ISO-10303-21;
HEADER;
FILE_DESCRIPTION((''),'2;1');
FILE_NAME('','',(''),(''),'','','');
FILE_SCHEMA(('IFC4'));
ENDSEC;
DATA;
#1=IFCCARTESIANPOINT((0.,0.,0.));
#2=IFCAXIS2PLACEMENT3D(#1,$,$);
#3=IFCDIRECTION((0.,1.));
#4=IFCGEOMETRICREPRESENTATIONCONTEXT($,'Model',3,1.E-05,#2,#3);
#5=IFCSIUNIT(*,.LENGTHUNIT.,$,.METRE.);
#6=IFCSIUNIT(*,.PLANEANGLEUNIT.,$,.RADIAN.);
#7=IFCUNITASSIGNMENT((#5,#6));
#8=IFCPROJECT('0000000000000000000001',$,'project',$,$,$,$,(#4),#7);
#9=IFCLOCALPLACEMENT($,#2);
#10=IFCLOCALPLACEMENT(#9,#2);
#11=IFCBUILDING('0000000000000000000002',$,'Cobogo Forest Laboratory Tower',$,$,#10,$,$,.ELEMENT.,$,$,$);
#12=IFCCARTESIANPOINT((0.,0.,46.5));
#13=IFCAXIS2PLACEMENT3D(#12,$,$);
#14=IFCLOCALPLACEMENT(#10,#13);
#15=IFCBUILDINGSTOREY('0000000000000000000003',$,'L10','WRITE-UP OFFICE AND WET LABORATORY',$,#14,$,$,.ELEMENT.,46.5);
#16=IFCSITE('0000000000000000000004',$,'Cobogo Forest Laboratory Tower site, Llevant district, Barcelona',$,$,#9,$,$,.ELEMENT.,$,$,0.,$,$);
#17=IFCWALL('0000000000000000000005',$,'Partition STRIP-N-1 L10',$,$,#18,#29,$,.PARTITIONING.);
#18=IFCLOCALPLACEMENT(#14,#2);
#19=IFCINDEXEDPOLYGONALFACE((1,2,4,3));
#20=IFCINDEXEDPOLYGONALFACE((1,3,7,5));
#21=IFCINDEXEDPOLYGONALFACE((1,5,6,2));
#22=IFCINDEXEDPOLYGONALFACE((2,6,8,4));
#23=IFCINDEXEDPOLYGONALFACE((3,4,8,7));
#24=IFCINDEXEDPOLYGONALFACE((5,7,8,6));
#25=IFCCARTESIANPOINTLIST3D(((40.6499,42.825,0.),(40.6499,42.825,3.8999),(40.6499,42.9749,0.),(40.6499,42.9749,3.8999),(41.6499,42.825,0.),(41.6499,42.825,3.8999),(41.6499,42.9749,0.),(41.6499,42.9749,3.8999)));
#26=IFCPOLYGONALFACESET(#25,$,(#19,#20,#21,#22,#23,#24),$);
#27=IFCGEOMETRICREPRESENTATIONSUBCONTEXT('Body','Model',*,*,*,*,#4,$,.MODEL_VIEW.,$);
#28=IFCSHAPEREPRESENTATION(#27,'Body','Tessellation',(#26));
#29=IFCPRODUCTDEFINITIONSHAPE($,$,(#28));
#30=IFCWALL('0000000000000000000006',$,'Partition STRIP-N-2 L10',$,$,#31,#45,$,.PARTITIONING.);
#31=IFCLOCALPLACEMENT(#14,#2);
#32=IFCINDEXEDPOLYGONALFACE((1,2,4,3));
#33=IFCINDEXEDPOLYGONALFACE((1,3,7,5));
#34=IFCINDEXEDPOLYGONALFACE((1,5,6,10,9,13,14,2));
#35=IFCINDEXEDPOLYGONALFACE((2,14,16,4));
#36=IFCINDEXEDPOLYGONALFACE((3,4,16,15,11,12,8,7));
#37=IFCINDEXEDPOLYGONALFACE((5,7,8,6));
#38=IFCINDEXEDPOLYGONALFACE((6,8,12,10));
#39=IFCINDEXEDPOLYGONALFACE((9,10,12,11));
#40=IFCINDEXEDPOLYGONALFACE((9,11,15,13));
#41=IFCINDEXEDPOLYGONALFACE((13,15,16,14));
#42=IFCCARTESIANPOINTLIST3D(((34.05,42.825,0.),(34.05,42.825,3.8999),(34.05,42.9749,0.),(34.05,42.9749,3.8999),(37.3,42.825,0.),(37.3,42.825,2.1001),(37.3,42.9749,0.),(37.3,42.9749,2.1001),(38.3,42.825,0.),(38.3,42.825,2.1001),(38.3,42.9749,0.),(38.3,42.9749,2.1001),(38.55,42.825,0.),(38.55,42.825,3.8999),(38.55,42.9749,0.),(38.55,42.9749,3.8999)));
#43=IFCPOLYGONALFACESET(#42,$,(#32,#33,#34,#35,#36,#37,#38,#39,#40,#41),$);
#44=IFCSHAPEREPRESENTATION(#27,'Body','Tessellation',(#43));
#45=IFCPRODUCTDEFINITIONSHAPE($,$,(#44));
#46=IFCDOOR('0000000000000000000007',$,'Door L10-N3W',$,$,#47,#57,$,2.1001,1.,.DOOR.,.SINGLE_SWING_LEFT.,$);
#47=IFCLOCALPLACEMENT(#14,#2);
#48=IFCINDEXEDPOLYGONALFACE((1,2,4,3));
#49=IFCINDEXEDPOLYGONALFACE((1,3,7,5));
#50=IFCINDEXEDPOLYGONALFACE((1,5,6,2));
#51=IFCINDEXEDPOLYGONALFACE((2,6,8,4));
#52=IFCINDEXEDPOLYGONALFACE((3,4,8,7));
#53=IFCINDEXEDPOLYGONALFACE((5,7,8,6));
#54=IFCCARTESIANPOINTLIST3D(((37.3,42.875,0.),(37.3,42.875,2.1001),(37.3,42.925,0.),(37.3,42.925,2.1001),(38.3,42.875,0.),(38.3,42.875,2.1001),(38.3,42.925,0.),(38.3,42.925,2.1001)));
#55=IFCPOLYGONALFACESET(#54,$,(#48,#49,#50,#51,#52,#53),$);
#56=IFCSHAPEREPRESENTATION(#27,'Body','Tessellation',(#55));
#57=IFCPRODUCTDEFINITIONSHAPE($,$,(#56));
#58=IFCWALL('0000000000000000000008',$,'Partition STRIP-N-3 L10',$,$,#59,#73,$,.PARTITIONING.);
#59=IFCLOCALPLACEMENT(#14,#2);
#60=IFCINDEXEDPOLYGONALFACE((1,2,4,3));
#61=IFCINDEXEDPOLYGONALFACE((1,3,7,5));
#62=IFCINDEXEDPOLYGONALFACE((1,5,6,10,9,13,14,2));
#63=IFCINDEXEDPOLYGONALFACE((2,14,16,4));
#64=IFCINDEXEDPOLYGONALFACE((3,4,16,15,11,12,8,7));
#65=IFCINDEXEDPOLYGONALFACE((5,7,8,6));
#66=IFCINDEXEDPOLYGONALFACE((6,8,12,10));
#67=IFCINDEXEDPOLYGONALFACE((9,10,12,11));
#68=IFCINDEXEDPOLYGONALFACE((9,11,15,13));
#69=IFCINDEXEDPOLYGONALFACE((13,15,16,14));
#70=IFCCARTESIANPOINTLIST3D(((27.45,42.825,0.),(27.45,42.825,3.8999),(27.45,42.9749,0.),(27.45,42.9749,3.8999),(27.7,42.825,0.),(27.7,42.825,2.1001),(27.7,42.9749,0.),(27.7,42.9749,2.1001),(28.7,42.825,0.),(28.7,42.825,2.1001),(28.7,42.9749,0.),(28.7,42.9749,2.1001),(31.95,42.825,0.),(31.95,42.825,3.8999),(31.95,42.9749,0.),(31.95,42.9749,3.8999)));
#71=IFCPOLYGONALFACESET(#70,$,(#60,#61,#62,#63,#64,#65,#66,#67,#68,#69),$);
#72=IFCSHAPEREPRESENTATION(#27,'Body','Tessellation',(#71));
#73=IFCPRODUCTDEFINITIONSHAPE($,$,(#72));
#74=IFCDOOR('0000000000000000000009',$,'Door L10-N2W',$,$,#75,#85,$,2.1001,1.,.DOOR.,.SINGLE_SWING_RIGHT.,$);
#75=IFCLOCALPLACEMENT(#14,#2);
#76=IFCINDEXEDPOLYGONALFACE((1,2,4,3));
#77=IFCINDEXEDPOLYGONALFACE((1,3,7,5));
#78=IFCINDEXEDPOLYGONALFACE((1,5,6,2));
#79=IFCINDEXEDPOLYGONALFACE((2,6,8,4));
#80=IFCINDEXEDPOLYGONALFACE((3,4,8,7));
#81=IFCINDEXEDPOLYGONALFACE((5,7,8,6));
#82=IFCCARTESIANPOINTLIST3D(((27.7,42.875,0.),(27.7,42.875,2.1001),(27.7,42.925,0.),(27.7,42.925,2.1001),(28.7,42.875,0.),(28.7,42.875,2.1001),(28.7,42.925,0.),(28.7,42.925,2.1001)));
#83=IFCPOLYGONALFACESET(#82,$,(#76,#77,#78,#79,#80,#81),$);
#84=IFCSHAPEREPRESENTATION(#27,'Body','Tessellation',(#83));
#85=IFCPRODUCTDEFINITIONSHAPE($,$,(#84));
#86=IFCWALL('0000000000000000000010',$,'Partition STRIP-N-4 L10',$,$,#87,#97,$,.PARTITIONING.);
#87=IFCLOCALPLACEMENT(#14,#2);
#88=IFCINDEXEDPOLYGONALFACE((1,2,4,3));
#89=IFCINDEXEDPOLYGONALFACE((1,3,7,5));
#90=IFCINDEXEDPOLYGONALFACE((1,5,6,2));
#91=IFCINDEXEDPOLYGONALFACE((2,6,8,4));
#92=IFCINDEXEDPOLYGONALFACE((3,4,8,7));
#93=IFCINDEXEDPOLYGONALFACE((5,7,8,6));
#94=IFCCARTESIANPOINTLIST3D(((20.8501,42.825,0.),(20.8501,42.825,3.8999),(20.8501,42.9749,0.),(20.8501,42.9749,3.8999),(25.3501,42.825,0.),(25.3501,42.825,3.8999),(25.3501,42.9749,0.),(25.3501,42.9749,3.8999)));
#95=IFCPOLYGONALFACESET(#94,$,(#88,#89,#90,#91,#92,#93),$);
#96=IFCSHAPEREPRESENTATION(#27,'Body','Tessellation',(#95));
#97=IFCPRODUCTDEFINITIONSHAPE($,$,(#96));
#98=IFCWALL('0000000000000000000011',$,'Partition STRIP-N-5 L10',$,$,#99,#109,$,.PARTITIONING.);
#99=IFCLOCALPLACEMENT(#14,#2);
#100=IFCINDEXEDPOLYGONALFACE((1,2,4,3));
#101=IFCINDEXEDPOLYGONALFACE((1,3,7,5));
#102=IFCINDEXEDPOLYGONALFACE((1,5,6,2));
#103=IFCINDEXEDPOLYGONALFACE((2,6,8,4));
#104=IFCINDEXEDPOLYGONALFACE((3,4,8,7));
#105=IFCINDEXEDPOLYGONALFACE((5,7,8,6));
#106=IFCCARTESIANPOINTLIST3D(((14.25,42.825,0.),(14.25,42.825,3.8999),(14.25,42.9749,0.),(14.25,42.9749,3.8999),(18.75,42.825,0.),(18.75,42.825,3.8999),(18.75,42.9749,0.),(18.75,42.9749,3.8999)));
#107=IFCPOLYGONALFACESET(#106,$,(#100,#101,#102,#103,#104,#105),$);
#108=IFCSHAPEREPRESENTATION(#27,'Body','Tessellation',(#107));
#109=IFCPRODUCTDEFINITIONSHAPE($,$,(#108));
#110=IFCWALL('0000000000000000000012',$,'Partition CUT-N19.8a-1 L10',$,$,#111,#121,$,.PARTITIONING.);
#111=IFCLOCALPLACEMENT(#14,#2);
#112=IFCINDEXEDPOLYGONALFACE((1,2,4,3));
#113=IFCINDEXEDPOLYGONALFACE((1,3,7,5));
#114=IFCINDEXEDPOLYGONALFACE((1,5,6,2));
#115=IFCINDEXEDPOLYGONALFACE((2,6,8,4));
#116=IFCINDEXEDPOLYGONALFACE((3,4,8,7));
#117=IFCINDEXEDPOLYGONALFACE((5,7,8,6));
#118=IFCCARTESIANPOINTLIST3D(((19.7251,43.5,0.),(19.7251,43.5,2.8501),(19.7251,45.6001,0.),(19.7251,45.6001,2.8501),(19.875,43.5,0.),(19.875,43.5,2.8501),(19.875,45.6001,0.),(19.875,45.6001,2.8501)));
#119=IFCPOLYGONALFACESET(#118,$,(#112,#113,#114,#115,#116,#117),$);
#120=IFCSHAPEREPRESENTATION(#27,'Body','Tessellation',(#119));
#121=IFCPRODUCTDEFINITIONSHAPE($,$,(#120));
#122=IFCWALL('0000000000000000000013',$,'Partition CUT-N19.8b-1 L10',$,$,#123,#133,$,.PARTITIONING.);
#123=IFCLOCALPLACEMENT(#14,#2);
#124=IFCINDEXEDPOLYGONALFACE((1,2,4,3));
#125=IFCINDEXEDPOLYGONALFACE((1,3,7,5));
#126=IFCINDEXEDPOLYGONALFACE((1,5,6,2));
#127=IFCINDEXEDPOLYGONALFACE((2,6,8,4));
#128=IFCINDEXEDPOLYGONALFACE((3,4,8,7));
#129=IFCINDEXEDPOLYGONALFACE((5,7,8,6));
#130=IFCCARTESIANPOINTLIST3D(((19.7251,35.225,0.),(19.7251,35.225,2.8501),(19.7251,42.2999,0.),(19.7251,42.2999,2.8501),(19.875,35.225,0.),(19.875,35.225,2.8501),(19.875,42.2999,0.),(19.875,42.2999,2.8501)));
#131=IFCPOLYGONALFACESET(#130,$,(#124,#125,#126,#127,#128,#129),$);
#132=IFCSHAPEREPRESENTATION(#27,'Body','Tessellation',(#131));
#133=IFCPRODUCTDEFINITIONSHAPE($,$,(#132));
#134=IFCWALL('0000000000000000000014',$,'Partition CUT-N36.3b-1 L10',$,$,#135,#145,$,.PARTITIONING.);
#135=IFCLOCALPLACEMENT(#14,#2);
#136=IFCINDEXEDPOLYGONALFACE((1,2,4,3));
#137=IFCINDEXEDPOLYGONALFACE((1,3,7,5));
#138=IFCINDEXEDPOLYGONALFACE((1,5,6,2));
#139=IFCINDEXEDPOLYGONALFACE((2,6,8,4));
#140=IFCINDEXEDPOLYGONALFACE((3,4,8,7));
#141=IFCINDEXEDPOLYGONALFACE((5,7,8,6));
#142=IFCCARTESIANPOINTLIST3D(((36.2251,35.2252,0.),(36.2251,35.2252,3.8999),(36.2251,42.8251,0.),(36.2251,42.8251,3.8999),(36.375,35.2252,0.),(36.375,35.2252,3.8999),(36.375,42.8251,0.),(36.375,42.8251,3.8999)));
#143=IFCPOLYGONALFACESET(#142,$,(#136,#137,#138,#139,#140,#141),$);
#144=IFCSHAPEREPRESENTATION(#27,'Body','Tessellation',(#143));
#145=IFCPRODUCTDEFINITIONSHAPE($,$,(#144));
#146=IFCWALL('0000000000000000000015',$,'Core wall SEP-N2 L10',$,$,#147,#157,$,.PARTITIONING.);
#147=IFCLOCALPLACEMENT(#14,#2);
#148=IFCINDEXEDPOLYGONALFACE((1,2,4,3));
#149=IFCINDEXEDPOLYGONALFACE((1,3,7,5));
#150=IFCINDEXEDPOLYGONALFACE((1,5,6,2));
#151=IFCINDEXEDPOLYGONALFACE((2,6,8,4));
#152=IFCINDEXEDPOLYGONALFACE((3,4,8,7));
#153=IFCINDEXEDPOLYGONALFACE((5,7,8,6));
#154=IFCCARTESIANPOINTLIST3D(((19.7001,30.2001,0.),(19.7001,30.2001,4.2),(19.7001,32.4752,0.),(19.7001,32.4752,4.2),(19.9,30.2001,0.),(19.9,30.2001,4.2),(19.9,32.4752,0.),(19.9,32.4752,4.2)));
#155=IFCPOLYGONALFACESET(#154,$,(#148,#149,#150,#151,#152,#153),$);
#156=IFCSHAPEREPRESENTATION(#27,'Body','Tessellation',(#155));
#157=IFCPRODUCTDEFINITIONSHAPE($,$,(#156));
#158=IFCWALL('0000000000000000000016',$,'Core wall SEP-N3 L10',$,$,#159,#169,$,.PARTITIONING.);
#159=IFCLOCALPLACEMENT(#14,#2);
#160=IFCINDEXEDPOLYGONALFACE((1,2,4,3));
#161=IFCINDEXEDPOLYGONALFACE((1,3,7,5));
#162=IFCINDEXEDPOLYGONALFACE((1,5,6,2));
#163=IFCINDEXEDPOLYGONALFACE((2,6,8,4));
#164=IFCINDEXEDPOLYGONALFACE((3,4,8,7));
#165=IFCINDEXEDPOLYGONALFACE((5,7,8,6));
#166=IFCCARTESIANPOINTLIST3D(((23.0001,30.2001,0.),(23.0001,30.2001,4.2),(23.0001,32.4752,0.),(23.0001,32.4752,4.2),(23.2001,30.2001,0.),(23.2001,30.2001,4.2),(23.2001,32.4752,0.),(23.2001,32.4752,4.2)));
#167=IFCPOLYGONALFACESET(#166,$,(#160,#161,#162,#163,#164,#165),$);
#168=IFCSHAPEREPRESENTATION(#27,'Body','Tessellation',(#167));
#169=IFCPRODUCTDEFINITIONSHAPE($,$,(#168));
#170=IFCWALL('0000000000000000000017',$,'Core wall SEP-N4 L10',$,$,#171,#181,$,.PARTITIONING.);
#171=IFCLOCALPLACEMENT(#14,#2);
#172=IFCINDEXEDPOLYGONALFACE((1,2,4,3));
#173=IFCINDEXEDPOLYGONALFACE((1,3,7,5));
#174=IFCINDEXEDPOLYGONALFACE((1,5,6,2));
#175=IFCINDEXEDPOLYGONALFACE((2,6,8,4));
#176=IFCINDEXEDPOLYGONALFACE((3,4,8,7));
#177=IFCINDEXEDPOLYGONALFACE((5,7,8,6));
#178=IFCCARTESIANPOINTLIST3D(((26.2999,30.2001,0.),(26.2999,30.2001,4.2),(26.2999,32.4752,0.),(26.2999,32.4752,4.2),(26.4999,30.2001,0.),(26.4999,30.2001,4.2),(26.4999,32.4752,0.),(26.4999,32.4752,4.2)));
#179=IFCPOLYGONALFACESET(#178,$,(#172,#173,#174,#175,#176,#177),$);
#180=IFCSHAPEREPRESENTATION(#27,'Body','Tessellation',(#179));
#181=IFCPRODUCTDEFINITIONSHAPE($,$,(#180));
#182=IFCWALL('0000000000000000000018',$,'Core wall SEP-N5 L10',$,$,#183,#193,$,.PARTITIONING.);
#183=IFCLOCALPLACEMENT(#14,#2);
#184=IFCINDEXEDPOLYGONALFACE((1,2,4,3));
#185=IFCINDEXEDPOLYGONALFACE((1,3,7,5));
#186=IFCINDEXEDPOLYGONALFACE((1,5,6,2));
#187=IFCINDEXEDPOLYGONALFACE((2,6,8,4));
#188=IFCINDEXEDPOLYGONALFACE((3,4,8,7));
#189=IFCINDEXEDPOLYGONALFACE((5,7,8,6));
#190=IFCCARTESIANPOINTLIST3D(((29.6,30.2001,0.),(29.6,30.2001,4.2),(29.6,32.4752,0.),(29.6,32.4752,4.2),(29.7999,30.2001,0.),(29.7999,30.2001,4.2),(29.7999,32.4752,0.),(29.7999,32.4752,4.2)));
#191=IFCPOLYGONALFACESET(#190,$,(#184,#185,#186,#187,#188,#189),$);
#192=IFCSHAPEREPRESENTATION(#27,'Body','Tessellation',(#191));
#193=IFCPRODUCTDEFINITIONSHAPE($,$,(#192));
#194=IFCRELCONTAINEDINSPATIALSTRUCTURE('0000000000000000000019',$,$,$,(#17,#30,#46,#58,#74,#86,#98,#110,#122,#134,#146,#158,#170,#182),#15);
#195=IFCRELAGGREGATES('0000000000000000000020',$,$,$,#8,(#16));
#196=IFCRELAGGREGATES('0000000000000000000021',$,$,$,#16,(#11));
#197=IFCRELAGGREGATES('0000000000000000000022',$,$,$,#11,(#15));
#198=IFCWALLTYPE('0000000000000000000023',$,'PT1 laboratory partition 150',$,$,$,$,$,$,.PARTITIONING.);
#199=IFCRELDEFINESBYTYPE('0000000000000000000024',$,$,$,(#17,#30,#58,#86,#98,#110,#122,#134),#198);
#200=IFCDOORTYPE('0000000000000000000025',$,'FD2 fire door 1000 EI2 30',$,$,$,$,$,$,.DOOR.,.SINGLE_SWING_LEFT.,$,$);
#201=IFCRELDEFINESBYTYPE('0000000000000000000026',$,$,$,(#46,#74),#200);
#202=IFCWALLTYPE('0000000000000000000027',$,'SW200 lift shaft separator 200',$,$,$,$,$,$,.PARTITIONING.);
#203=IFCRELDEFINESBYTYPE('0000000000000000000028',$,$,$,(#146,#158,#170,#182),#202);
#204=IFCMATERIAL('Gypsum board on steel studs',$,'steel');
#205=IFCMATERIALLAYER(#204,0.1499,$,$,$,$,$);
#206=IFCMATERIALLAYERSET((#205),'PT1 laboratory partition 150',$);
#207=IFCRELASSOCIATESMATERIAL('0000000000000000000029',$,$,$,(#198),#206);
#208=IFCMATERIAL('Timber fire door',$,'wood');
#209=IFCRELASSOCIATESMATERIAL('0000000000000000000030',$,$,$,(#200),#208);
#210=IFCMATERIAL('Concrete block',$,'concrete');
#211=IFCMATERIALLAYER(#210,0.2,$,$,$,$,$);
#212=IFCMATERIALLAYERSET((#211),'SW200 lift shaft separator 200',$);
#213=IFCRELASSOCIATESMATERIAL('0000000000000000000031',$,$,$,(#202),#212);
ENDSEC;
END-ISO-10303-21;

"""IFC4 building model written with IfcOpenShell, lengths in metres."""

from ifc_helpers import new_model, si_unit, direction, frame, frame_2d, origin, place, context, subcontext, project, spatial, rectangle, extrude, material, layer, layer_set, type_object, element, fill, save


model = new_model("IFC4")

# Units and contexts
model_context = context("Model", 3, precision=1e-05, world=origin(), true_north=direction((0.0, 1.0)))
body_context = subcontext(model_context, "Body", "Model", "MODEL_VIEW")
ifc_project = project(units=[si_unit("LENGTHUNIT", "METRE"), si_unit("PLANEANGLEUNIT", "RADIAN")], contexts=[model_context])

# Site, building, storey
site_placement = place(None, origin())
site = spatial("IfcSite", under=ifc_project, at=site_placement, Name="Cobogo Forest Laboratory Tower site, Llevant district, Barcelona", CompositionType="ELEMENT", RefElevation=0.0)
building_placement = place(site_placement, origin())
building = spatial("IfcBuilding", under=site, at=building_placement, Name="Cobogo Forest Laboratory Tower", CompositionType="ELEMENT")
storey_placement = place(building_placement, frame((0.0, 0.0, 46.5)))
storey = spatial("IfcBuildingStorey", under=building, at=storey_placement, Name="L10", Description="WRITE-UP OFFICE AND WET LABORATORY", CompositionType="ELEMENT", Elevation=46.5)

# Wall
ifc_material_1 = material(Name="Gypsum board on steel studs", Category="steel")
ifc_layer_1 = layer(ifc_material_1, 0.1499)
ifc_layer_set_1 = layer_set([ifc_layer_1], Name="PT1 laboratory partition 150")
wall_type_1 = type_object("IfcWallType", Name="PT1 laboratory partition 150", PredefinedType="PARTITIONING", material=ifc_layer_set_1)
wall_1_placement = place(storey_placement, frame((41.6499, 42.8999, 0.0), z_axis=(0.0, 0.0, 1.0), x_axis=(-1.0, 0.0, 0.0)))
element("IfcWall", 1, at=wall_1_placement, inside=storey, type_object=wall_type_1, Name="Partition STRIP-N-1 L10", PredefinedType="PARTITIONING", context=body_context, shape_type="SweptSolid", body=[
    extrude(rectangle(XDim=1.0, YDim=0.1499, at=frame_2d((0.5, 0.0))), origin(), (0.0, 0.0, 1.0), 3.8999),
])

# Walls, openings, doors
wall_2_placement = place(storey_placement, frame((38.55, 42.8999, 0.0), z_axis=(0.0, 0.0, 1.0), x_axis=(-1.0, 0.0, 0.0)))
wall_2 = element("IfcWall", 2, at=wall_2_placement, inside=storey, type_object=wall_type_1, Name="Partition STRIP-N-2 L10", PredefinedType="PARTITIONING", context=body_context, shape_type="SweptSolid", body=[
    extrude(rectangle(XDim=4.5, YDim=0.1499, at=frame_2d((2.25, 0.0))), origin(), (0.0, 0.0, 1.0), 3.8999),
])
opening_1_placement = place(wall_2_placement, frame((0.25, 0.0, 0.0)))
opening_1 = element("IfcOpeningElement", 3, at=opening_1_placement, cuts=wall_2, PredefinedType="OPENING", context=body_context, shape_type="SweptSolid", body=[
    extrude(rectangle(XDim=1.0, YDim=2.1001, at=frame_2d((0.5, 1.05))), frame((0.0, 0.085, 0.0), z_axis=(0.0, -1.0, 0.0), x_axis=(1.0, 0.0, 0.0)), (0.0, 0.0, 1.0), 0.1699),
])
ifc_material_2 = material(Name="Timber fire door", Category="wood")
door_type = type_object("IfcDoorType", Name="FD2 fire door 1000 EI2 30", OperationType="SINGLE_SWING_LEFT", PredefinedType="DOOR", material=ifc_material_2)
door_1_placement = place(opening_1_placement, origin())
door_1 = element("IfcDoor", 4, at=door_1_placement, inside=storey, type_object=door_type, Name="Door L10-N3W", OperationType="SINGLE_SWING_LEFT", OverallHeight=2.1001, OverallWidth=1.0, PredefinedType="DOOR", context=body_context, shape_type="SweptSolid", body=[
    extrude(rectangle(XDim=1.0, YDim=2.1001, at=frame_2d((0.5, 1.05))), frame((0.0, 0.0249, 0.0), z_axis=(0.0, -1.0, 0.0), x_axis=(1.0, 0.0, 0.0)), (0.0, 0.0, 1.0), 0.05),
])
fill(opening_1, door_1)
wall_3_placement = place(storey_placement, frame((31.95, 42.8999, 0.0), z_axis=(0.0, 0.0, 1.0), x_axis=(-1.0, 0.0, 0.0)))
wall_3 = element("IfcWall", 5, at=wall_3_placement, inside=storey, type_object=wall_type_1, Name="Partition STRIP-N-3 L10", PredefinedType="PARTITIONING", context=body_context, shape_type="SweptSolid", body=[
    extrude(rectangle(XDim=4.5, YDim=0.1499, at=frame_2d((2.25, 0.0))), origin(), (0.0, 0.0, 1.0), 3.8999),
])
opening_2_placement = place(wall_3_placement, frame((3.25, 0.0, 0.0)))
opening_2 = element("IfcOpeningElement", 6, at=opening_2_placement, cuts=wall_3, PredefinedType="OPENING", context=body_context, shape_type="SweptSolid", body=[
    extrude(rectangle(XDim=1.0, YDim=2.1001, at=frame_2d((0.5, 1.05))), frame((0.0, 0.085, 0.0), z_axis=(0.0, -1.0, 0.0), x_axis=(1.0, 0.0, 0.0)), (0.0, 0.0, 1.0), 0.1699),
])
door_2_placement = place(opening_2_placement, origin())
door_2 = element("IfcDoor", 7, at=door_2_placement, inside=storey, type_object=door_type, Name="Door L10-N2W", OperationType="SINGLE_SWING_RIGHT", OverallHeight=2.1001, OverallWidth=1.0, PredefinedType="DOOR", context=body_context, shape_type="SweptSolid", body=[
    extrude(rectangle(XDim=1.0, YDim=2.1001, at=frame_2d((0.5, 1.05))), frame((0.0, 0.0249, 0.0), z_axis=(0.0, -1.0, 0.0), x_axis=(1.0, 0.0, 0.0)), (0.0, 0.0, 1.0), 0.05),
])
fill(opening_2, door_2)

# Walls
for number, where, z_axis, x_axis, name in (
    (8, (25.3501, 42.8999, 0.0), (0.0, 0.0, 1.0), (-1.0, 0.0, 0.0), "Partition STRIP-N-4 L10"),
    (9, (18.75, 42.8999, 0.0), (0.0, 0.0, 1.0), (-1.0, 0.0, 0.0), "Partition STRIP-N-5 L10"),
):
    element("IfcWall", number, at=place(storey_placement, frame(where, z_axis=z_axis, x_axis=x_axis)), inside=storey, type_object=wall_type_1, Name=name, PredefinedType="PARTITIONING", context=body_context, shape_type="SweptSolid", body=[
        extrude(rectangle(XDim=4.5, YDim=0.1499, at=frame_2d((2.25, 0.0))), origin(), (0.0, 0.0, 1.0), 3.8999),
    ])
wall_4_placement = place(storey_placement, frame((19.8, 45.6001, 0.0), z_axis=(0.0, 0.0, 1.0), x_axis=(0.0, -1.0, 0.0)))
element("IfcWall", 10, at=wall_4_placement, inside=storey, type_object=wall_type_1, Name="Partition CUT-N19.8a-1 L10", PredefinedType="PARTITIONING", context=body_context, shape_type="SweptSolid", body=[
    extrude(rectangle(XDim=2.1001, YDim=0.1499, at=frame_2d((1.05, 0.0))), origin(), (0.0, 0.0, 1.0), 2.8501),
])
wall_5_placement = place(storey_placement, frame((19.8, 42.3, 0.0), z_axis=(0.0, 0.0, 1.0), x_axis=(0.0, -1.0, 0.0)))
element("IfcWall", 11, at=wall_5_placement, inside=storey, type_object=wall_type_1, Name="Partition CUT-N19.8b-1 L10", PredefinedType="PARTITIONING", context=body_context, shape_type="SweptSolid", body=[
    extrude(rectangle(XDim=7.075, YDim=0.1499, at=frame_2d((3.5376, 0.0))), origin(), (0.0, 0.0, 1.0), 2.8501),
])
wall_6_placement = place(storey_placement, frame((36.3, 42.825, 0.0), z_axis=(0.0, 0.0, 1.0), x_axis=(0.0, -1.0, 0.0)))
element("IfcWall", 12, at=wall_6_placement, inside=storey, type_object=wall_type_1, Name="Partition CUT-N36.3b-1 L10", PredefinedType="PARTITIONING", context=body_context, shape_type="SweptSolid", body=[
    extrude(rectangle(XDim=7.5999, YDim=0.1499, at=frame_2d((3.7998, 0.0))), origin(), (0.0, 0.0, 1.0), 3.8999),
])
ifc_material_3 = material(Name="Concrete block", Category="concrete")
ifc_layer_2 = layer(ifc_material_3, 0.2)
ifc_layer_set_2 = layer_set([ifc_layer_2], Name="SW200 lift shaft separator 200")
wall_type_2 = type_object("IfcWallType", Name="SW200 lift shaft separator 200", PredefinedType="PARTITIONING", material=ifc_layer_set_2)
for number, where, z_axis, x_axis, name in (
    (13, (19.8, 30.2, 0.0), (0.0, 0.0, 1.0), (0.0, 1.0, 0.0), "Core wall SEP-N2 L10"),
    (14, (23.1001, 30.2, 0.0), (0.0, 0.0, 1.0), (0.0, 1.0, 0.0), "Core wall SEP-N3 L10"),
    (15, (26.3999, 30.2, 0.0), (0.0, 0.0, 1.0), (0.0, 1.0, 0.0), "Core wall SEP-N4 L10"),
    (16, (29.7, 30.2, 0.0), (0.0, 0.0, 1.0), (0.0, 1.0, 0.0), "Core wall SEP-N5 L10"),
):
    element("IfcWall", number, at=place(storey_placement, frame(where, z_axis=z_axis, x_axis=x_axis)), inside=storey, type_object=wall_type_2, Name=name, PredefinedType="PARTITIONING", context=body_context, shape_type="SweptSolid", body=[
        extrude(rectangle(XDim=2.2751, YDim=0.2, at=frame_2d((1.1377, 0.0))), origin(), (0.0, 0.0, 1.0), 4.2),
    ])

save(model, "model.ifc")
